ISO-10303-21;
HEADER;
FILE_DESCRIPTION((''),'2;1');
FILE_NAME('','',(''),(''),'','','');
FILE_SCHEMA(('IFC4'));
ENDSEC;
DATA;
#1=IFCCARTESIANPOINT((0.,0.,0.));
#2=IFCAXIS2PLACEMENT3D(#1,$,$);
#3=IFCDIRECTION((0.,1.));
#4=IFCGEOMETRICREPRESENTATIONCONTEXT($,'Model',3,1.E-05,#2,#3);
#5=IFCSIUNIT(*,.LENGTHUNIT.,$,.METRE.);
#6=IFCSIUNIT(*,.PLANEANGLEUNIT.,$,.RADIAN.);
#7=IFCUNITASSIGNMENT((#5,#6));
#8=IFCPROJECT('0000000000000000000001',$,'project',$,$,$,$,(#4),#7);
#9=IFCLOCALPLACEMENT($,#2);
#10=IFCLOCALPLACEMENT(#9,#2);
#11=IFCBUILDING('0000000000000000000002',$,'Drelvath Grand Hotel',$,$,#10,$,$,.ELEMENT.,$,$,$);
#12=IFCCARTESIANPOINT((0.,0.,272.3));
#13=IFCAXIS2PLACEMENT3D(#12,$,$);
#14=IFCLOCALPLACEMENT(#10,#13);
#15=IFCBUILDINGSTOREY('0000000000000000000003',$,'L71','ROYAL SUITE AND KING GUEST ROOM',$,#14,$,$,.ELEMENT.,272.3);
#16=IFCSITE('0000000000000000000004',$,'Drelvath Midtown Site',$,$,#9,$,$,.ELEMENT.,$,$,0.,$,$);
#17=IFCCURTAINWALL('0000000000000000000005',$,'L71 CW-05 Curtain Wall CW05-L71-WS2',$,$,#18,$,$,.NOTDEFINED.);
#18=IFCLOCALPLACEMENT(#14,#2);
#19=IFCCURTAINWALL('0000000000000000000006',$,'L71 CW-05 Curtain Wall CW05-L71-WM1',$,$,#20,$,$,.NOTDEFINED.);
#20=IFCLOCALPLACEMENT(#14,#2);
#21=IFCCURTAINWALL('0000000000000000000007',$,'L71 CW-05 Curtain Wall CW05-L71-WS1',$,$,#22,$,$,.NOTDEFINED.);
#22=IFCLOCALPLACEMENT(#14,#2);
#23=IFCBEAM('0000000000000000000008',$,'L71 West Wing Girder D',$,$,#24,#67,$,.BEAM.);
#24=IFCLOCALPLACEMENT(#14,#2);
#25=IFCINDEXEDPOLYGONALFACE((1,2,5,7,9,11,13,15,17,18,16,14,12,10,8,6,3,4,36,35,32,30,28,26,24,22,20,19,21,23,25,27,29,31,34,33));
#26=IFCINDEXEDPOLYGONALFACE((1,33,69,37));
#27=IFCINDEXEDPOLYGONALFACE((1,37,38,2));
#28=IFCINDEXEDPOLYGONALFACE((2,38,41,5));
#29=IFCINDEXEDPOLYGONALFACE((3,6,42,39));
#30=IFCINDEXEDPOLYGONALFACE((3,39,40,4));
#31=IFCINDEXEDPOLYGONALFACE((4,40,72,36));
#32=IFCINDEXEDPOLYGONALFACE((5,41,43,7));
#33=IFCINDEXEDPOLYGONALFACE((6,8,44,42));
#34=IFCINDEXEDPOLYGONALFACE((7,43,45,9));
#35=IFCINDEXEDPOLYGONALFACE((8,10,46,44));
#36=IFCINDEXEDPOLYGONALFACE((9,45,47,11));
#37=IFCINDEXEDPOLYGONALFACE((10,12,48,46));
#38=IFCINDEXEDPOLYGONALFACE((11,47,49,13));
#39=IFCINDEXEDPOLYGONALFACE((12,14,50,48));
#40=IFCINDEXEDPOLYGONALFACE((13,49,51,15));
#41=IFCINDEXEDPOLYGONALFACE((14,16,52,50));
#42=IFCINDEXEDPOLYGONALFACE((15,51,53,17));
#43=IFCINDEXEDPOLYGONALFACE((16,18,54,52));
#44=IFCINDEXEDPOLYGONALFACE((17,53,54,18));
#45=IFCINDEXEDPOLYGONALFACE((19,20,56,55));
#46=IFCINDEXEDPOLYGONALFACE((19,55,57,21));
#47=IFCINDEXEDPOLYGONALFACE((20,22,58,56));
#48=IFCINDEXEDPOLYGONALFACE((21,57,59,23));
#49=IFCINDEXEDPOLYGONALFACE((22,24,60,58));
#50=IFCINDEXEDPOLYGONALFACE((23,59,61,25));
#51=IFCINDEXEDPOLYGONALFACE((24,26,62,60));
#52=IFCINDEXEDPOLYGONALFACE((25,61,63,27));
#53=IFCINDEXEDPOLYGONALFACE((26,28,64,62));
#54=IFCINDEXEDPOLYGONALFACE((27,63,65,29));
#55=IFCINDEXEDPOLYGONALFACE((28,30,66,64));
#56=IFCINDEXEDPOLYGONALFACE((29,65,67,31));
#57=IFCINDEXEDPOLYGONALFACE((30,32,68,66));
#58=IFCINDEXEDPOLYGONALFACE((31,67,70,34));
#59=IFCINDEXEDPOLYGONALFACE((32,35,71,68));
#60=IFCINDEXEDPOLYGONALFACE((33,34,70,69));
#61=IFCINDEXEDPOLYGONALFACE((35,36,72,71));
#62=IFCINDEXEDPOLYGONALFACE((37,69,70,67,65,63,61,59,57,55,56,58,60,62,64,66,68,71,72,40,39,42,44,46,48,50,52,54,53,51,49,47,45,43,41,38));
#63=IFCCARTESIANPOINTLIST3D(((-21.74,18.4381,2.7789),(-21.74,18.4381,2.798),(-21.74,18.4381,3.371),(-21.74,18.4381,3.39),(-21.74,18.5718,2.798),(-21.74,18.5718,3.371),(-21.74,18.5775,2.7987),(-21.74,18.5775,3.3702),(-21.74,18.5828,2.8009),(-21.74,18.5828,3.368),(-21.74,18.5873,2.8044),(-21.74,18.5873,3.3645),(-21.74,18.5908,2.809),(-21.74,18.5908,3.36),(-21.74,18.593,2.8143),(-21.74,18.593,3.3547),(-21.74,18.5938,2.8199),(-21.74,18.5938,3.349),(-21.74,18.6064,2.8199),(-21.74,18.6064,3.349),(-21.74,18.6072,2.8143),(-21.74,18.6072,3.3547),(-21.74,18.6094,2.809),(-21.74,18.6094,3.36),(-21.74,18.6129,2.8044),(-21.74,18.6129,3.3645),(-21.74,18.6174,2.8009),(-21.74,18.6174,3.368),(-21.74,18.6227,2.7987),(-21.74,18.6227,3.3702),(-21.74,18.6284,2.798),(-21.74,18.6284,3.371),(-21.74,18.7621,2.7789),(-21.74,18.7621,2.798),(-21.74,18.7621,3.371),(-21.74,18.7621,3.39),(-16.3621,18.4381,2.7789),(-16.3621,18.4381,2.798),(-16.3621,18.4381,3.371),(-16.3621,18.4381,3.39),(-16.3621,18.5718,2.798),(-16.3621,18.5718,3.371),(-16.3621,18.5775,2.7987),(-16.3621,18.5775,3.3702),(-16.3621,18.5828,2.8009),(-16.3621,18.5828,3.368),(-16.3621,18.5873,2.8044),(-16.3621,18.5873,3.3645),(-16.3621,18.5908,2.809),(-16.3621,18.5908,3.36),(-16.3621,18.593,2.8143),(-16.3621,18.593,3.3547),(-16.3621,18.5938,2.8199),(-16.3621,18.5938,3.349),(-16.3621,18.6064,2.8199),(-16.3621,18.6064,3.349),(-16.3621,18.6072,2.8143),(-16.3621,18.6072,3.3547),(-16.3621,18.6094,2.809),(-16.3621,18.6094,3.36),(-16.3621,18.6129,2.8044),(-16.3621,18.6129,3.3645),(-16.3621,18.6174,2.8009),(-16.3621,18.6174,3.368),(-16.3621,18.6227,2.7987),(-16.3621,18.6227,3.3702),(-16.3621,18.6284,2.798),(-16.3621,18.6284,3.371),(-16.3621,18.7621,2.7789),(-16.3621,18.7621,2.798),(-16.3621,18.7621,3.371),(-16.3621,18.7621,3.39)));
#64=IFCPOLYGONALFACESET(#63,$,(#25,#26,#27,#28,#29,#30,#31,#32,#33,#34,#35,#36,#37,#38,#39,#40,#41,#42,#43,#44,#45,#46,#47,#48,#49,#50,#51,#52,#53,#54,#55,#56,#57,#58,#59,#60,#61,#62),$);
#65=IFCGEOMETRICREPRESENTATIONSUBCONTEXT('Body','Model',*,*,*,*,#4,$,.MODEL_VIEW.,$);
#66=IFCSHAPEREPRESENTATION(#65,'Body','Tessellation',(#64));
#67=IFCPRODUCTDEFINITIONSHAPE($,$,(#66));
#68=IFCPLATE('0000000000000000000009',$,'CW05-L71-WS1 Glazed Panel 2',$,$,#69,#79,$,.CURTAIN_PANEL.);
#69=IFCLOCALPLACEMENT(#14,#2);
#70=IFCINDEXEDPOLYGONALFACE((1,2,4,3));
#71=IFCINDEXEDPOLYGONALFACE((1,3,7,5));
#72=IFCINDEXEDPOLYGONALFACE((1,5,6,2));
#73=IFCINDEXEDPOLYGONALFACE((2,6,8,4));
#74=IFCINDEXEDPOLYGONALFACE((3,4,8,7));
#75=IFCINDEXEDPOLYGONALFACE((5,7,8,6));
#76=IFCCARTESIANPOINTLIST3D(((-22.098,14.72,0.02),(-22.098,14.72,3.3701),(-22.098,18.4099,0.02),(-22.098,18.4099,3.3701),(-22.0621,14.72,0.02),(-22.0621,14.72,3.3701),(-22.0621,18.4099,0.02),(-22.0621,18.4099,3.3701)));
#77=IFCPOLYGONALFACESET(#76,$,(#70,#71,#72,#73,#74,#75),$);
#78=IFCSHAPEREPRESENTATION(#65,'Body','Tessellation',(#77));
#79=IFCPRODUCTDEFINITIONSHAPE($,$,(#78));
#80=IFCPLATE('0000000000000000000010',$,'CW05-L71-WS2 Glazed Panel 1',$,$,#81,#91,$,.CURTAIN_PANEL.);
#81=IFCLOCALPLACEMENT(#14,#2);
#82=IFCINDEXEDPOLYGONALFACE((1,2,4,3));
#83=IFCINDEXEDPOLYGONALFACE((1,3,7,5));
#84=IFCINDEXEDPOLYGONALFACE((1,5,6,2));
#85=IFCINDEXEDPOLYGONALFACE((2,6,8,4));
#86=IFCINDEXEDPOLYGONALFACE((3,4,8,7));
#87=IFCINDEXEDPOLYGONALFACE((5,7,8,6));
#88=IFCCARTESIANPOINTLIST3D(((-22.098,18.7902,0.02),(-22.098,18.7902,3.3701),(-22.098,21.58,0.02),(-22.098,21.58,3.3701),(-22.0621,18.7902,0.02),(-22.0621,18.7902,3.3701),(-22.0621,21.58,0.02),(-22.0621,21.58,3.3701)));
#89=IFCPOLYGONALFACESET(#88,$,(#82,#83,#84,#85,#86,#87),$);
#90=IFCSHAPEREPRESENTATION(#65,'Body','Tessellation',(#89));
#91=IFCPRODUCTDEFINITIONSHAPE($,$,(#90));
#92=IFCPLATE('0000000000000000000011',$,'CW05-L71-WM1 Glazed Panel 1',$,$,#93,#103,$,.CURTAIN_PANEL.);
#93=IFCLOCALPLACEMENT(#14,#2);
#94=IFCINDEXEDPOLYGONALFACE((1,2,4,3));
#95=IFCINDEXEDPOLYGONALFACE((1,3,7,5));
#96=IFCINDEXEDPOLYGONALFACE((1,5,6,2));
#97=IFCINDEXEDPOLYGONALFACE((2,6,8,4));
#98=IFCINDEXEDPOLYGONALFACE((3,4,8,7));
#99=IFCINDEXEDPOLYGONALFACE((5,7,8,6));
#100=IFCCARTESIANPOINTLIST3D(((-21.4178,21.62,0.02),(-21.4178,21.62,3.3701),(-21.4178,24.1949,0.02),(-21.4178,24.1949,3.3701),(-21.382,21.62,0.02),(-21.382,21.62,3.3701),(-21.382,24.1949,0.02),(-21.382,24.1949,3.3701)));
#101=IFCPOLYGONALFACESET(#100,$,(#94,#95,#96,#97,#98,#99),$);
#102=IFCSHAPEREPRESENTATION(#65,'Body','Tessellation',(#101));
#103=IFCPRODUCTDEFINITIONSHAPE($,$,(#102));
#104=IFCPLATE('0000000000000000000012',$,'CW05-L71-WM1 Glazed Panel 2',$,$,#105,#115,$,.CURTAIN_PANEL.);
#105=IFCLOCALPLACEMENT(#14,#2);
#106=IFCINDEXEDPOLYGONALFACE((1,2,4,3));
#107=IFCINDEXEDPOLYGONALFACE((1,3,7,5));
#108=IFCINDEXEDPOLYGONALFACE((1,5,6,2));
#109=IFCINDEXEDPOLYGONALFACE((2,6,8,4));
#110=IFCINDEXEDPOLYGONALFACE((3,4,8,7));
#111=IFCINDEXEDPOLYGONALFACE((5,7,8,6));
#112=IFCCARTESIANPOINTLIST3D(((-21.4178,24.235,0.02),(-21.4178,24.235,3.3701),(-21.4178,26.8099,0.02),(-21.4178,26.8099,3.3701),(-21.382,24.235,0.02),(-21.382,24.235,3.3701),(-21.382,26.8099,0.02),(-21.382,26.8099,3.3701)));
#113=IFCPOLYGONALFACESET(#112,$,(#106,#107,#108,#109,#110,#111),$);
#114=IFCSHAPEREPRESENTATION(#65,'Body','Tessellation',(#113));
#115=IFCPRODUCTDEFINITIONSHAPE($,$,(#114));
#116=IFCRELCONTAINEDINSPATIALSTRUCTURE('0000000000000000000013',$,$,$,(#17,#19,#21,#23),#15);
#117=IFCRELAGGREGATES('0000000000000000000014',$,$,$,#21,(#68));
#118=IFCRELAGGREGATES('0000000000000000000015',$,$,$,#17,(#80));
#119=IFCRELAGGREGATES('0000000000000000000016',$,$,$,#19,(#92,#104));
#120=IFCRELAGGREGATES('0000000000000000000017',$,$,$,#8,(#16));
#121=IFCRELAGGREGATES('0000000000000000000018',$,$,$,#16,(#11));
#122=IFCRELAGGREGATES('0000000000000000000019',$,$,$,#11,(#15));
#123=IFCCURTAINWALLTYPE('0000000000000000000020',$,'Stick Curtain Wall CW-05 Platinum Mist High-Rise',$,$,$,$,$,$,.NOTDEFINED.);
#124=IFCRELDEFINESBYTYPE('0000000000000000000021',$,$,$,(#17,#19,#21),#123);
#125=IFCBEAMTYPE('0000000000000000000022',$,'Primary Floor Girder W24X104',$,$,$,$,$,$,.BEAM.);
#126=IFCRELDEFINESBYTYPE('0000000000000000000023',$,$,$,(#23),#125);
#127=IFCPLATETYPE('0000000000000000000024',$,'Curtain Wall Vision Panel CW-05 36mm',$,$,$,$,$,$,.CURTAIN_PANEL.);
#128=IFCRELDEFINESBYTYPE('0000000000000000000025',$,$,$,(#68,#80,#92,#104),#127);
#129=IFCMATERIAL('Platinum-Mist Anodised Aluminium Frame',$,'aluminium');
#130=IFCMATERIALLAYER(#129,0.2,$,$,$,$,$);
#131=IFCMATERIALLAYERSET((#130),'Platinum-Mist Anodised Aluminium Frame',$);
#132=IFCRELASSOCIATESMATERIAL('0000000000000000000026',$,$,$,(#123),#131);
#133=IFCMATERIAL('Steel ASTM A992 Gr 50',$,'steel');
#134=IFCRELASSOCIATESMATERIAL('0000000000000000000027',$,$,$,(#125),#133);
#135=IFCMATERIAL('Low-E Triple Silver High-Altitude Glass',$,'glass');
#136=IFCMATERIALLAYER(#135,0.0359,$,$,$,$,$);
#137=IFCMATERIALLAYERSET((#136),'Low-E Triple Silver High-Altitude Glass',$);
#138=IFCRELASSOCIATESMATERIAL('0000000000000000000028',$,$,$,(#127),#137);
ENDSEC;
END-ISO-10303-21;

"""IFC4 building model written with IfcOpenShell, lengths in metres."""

from ifc_helpers import new_model, si_unit, direction, frame, origin, origin_2d, place, context, subcontext, project, spatial, rectangle, i_section, extrude, material, layer, layer_set, material_profile, profile_set, type_object, element, aggregate, save


model = new_model("IFC4")

# Units and contexts
model_context = context("Model", 3, precision=1e-05, world=origin(), true_north=direction((0.0, 1.0)))
body_context = subcontext(model_context, "Body", "Model", "MODEL_VIEW")
ifc_project = project(units=[si_unit("LENGTHUNIT", "METRE"), si_unit("PLANEANGLEUNIT", "RADIAN")], contexts=[model_context])

# Site, building, storey
site_placement = place(None, origin())
site = spatial("IfcSite", under=ifc_project, at=site_placement, Name="Drelvath Midtown Site", CompositionType="ELEMENT", RefElevation=0.0)
building_placement = place(site_placement, origin())
building = spatial("IfcBuilding", under=site, at=building_placement, Name="Drelvath Grand Hotel", CompositionType="ELEMENT")
storey_placement = place(building_placement, frame((0.0, 0.0, 272.3)))
storey = spatial("IfcBuildingStorey", under=building, at=storey_placement, Name="L71", Description="ROYAL SUITE AND KING GUEST ROOM", CompositionType="ELEMENT", Elevation=272.3)

# Shared definitions
ifc_material_1 = material(Name="Steel ASTM A992 Gr 50", Category="steel")

# Curtain walls
ifc_material_2 = material(Name="Platinum-Mist Anodised Aluminium Frame", Category="aluminium")
ifc_layer_1 = layer(ifc_material_2, 0.2)
ifc_layer_set_1 = layer_set([ifc_layer_1], Name="Platinum-Mist Anodised Aluminium Frame")
curtain_wall_type = type_object("IfcCurtainWallType", Name="Stick Curtain Wall CW-05 Platinum Mist High-Rise", PredefinedType="NOTDEFINED", material=ifc_layer_set_1)
curtain_wall_1_placement = place(storey_placement, origin())
curtain_wall_1 = element("IfcCurtainWall", 1, at=curtain_wall_1_placement, inside=storey, type_object=curtain_wall_type, Name="L71 CW-05 Curtain Wall CW05-L71-WS2", PredefinedType="NOTDEFINED")
curtain_wall_2_placement = place(storey_placement, origin())
curtain_wall_2 = element("IfcCurtainWall", 2, at=curtain_wall_2_placement, inside=storey, type_object=curtain_wall_type, Name="L71 CW-05 Curtain Wall CW05-L71-WM1", PredefinedType="NOTDEFINED")

# Curtain wall
curtain_wall_3_placement = place(storey_placement, origin())
curtain_wall_3 = element("IfcCurtainWall", 3, at=curtain_wall_3_placement, inside=storey, type_object=curtain_wall_type, Name="L71 CW-05 Curtain Wall CW05-L71-WS1", PredefinedType="NOTDEFINED")

# Beam
ifc_material_profile_1 = material_profile(ifc_material_1, i_section(OverallWidth=0.324, OverallDepth=0.6111, WebThickness=0.0127, FlangeThickness=0.019, FilletRadius=0.022, at=origin_2d()), Name="W24X104")
ifc_profile_set_1 = profile_set([ifc_material_profile_1], Name="Steel ASTM A992 Gr 50")
beam_type_1 = type_object("IfcBeamType", Name="Primary Floor Girder W24X104", PredefinedType="BEAM", material=ifc_profile_set_1)
beam_1_placement = place(storey_placement, frame((-21.74, 18.6001, 3.0845), z_axis=(1.0, 0.0, 0.0), x_axis=(0.0, 1.0, 0.0)))
element("IfcBeam", 4, at=beam_1_placement, inside=storey, type_object=beam_type_1, Name="L71 West Wing Girder D", PredefinedType="BEAM", context=body_context, shape_type="SweptSolid", body=[
    extrude(i_section(OverallWidth=0.324, OverallDepth=0.6111, WebThickness=0.0127, FlangeThickness=0.019, FilletRadius=0.022, at=origin_2d()), origin(), (0.0, 0.0, 1.0), 5.3779),
])

# Plates
ifc_material_3 = material(Name="Low-E Triple Silver High-Altitude Glass", Category="glass")
ifc_layer_2 = layer(ifc_material_3, 0.0359)
ifc_layer_set_2 = layer_set([ifc_layer_2], Name="Low-E Triple Silver High-Altitude Glass")
plate_type = type_object("IfcPlateType", Name="Curtain Wall Vision Panel CW-05 36mm", PredefinedType="CURTAIN_PANEL", material=ifc_layer_set_2)
plate_1_placement = place(storey_placement, frame((-22.0801, 16.5649, 0.02), z_axis=(0.0, 0.0, 1.0), x_axis=(0.0, 1.0, 0.0)))
plate_1 = element("IfcPlate", 5, at=plate_1_placement, type_object=plate_type, Name="CW05-L71-WS1 Glazed Panel 2", PredefinedType="CURTAIN_PANEL", context=body_context, shape_type="SweptSolid", body=[
    extrude(rectangle(XDim=3.6899, YDim=0.0359, at=origin_2d()), origin(), (0.0, 0.0, 1.0), 3.3501),
])
aggregate(curtain_wall_3, [plate_1])
plate_2_placement = place(storey_placement, frame((-22.0801, 20.1851, 0.02), z_axis=(0.0, 0.0, 1.0), x_axis=(0.0, 1.0, 0.0)))
plate_2 = element("IfcPlate", 6, at=plate_2_placement, type_object=plate_type, Name="CW05-L71-WS2 Glazed Panel 1", PredefinedType="CURTAIN_PANEL", context=body_context, shape_type="SweptSolid", body=[
    extrude(rectangle(XDim=2.7898, YDim=0.0359, at=origin_2d()), origin(), (0.0, 0.0, 1.0), 3.3501),
])
aggregate(curtain_wall_1, [plate_2])
plate_3_placement = place(storey_placement, frame((-21.3999, 22.9075, 0.02), z_axis=(0.0, 0.0, 1.0), x_axis=(0.0, 1.0, 0.0)))
plate_3 = element("IfcPlate", 7, at=plate_3_placement, type_object=plate_type, Name="CW05-L71-WM1 Glazed Panel 1", PredefinedType="CURTAIN_PANEL", context=body_context, shape_type="SweptSolid", body=[
    extrude(rectangle(XDim=2.575, YDim=0.0359, at=origin_2d()), origin(), (0.0, 0.0, 1.0), 3.3501),
])
plate_4_placement = place(storey_placement, frame((-21.3999, 25.5225, 0.02), z_axis=(0.0, 0.0, 1.0), x_axis=(0.0, 1.0, 0.0)))
plate_4 = element("IfcPlate", 8, at=plate_4_placement, type_object=plate_type, Name="CW05-L71-WM1 Glazed Panel 2", PredefinedType="CURTAIN_PANEL", context=body_context, shape_type="SweptSolid", body=[
    extrude(rectangle(XDim=2.575, YDim=0.0359, at=origin_2d()), origin(), (0.0, 0.0, 1.0), 3.3501),
])
aggregate(curtain_wall_2, [plate_3, plate_4])

save(model, "model.ifc")
